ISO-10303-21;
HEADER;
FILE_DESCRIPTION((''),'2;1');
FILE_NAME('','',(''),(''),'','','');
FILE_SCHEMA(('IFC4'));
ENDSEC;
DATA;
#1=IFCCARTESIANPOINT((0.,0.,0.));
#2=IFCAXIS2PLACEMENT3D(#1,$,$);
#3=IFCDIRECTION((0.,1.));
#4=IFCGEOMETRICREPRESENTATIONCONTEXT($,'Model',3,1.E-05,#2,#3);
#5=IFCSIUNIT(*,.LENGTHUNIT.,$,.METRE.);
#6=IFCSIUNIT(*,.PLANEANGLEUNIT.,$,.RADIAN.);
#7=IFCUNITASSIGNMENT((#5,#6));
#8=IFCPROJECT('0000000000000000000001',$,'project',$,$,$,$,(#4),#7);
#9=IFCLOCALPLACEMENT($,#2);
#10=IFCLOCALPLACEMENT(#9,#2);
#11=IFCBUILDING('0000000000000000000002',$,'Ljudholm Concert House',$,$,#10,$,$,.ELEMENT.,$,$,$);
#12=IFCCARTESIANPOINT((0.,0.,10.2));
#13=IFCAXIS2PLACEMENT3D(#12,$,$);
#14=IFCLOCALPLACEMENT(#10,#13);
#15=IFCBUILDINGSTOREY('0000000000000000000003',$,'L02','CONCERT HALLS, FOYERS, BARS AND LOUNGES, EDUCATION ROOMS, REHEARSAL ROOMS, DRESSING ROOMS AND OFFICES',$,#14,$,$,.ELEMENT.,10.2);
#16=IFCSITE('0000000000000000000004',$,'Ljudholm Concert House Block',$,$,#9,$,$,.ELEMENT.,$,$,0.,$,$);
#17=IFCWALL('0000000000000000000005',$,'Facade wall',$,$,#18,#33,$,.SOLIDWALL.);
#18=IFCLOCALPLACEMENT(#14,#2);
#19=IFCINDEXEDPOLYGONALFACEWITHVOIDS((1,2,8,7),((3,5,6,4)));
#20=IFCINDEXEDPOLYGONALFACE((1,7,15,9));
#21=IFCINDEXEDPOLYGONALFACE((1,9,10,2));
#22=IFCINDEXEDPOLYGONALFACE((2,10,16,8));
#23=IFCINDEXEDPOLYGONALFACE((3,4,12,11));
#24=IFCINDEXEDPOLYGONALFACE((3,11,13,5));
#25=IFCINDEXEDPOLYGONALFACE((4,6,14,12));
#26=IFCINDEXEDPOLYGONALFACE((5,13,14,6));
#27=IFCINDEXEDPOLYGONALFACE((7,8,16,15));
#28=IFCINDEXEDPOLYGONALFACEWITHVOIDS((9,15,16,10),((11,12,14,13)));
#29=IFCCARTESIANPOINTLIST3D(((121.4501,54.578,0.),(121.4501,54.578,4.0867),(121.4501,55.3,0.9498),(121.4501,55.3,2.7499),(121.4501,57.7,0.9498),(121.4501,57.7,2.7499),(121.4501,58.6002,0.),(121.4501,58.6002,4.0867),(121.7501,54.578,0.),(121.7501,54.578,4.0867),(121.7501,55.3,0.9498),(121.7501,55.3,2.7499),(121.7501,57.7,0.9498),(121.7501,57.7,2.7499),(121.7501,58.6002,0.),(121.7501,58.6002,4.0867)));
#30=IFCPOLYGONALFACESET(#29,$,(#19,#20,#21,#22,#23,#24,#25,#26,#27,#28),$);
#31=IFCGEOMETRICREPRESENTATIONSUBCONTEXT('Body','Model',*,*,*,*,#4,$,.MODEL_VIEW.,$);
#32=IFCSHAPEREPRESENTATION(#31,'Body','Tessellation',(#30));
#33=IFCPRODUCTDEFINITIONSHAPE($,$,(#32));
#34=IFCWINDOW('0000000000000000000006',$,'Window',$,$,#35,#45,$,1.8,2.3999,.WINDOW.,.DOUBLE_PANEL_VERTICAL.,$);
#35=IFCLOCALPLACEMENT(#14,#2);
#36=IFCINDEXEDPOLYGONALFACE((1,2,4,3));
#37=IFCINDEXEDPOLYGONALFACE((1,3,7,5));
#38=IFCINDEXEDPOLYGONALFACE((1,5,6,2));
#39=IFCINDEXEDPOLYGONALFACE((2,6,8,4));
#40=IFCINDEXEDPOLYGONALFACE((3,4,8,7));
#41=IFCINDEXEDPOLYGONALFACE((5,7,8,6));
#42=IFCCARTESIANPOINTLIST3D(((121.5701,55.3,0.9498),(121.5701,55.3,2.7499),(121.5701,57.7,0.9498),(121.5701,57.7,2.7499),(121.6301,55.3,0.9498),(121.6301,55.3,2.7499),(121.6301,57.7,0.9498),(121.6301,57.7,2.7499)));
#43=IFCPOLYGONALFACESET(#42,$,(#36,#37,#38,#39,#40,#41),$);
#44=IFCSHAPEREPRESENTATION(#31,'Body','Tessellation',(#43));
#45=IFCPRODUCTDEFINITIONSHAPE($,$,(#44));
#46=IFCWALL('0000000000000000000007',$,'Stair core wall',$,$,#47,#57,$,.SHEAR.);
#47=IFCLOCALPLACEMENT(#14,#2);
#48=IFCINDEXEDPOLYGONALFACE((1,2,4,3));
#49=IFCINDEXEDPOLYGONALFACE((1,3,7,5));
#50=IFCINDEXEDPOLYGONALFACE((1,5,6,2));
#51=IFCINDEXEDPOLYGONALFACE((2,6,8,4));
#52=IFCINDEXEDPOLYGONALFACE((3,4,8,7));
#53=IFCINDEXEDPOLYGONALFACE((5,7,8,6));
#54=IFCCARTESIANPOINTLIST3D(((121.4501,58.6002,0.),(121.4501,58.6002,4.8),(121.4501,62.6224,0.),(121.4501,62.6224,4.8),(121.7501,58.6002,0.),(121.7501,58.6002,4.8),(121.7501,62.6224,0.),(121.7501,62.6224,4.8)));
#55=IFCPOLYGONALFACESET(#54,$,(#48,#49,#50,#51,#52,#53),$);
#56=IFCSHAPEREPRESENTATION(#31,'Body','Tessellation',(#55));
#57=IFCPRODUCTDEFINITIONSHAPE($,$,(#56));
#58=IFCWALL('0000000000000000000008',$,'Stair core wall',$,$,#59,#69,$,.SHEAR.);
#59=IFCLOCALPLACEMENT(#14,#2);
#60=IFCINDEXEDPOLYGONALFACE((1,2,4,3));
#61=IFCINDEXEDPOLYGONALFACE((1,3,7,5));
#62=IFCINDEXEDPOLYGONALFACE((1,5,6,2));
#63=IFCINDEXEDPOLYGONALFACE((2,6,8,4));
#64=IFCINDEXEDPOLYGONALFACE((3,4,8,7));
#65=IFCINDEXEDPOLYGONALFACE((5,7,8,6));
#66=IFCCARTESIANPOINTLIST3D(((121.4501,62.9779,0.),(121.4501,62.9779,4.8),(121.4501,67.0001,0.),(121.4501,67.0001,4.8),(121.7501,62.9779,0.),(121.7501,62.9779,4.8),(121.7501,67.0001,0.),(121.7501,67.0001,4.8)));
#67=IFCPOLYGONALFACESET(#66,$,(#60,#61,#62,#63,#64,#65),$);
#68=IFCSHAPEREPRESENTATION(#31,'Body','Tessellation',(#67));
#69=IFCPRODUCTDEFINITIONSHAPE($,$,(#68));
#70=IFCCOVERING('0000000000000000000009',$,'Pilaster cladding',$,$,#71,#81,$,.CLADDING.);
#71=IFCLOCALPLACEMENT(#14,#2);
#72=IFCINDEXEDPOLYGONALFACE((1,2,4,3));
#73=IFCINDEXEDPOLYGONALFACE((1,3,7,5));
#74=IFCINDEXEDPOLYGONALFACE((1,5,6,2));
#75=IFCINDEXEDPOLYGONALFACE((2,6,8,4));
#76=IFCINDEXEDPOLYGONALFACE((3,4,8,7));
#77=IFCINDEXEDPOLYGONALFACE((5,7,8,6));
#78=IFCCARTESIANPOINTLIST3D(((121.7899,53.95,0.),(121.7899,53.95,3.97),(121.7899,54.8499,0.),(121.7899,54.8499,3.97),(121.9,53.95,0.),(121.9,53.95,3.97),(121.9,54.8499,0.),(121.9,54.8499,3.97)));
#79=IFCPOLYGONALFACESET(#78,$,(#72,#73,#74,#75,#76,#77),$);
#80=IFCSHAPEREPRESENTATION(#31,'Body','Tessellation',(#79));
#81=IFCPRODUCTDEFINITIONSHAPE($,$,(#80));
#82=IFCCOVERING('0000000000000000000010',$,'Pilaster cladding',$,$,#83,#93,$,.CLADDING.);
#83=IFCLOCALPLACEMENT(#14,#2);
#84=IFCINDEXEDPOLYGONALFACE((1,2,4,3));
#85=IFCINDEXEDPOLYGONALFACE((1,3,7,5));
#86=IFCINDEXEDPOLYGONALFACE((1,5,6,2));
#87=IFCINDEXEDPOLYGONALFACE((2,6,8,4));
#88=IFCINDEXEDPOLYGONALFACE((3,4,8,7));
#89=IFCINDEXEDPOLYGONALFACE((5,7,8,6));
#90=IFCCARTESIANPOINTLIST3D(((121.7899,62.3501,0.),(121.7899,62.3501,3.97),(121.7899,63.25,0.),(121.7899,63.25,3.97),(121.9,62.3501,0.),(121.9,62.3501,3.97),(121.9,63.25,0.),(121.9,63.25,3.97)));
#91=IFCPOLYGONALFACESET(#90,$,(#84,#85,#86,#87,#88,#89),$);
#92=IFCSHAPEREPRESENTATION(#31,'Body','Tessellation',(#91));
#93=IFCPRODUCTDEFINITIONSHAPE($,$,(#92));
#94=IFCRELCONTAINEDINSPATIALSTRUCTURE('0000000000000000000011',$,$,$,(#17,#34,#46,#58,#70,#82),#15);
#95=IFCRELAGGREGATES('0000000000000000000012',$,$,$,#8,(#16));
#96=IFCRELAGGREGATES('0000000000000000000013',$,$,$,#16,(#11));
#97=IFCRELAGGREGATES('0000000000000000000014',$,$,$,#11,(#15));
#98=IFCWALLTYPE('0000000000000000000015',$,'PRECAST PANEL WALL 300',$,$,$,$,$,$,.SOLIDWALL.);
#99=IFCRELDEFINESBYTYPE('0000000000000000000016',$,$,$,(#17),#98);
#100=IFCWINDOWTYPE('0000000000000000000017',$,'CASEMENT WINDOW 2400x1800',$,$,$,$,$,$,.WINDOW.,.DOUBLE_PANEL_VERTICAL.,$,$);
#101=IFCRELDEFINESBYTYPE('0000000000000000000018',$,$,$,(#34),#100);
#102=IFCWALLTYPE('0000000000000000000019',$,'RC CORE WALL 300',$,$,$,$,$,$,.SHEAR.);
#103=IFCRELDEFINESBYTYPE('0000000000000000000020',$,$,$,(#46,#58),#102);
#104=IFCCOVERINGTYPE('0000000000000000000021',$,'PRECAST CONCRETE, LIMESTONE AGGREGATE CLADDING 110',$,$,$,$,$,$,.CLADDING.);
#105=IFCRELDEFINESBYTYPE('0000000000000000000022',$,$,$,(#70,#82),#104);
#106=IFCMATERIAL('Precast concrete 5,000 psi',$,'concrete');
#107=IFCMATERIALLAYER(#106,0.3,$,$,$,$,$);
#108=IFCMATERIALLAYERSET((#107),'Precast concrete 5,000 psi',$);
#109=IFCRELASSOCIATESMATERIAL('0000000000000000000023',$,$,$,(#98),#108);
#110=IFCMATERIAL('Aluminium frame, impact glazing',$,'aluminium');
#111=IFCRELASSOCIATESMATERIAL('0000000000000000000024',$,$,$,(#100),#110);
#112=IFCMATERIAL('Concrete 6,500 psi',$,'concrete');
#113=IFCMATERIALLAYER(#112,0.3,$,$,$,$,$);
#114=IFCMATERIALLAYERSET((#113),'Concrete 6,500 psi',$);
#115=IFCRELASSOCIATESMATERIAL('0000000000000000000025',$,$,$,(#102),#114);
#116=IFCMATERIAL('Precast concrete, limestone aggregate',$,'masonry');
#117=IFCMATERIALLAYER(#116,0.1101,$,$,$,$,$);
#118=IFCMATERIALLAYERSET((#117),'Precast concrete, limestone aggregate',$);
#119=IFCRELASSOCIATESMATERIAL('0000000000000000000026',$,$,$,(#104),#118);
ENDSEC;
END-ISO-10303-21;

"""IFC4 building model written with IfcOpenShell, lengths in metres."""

from ifc_helpers import new_model, si_unit, direction, frame, frame_2d, origin, origin_2d, place, context, subcontext, project, spatial, rectangle, extrude, material, layer, layer_set, type_object, element, fill, save


model = new_model("IFC4")

# Units and contexts
model_context = context("Model", 3, precision=1e-05, world=origin(), true_north=direction((0.0, 1.0)))
body_context = subcontext(model_context, "Body", "Model", "MODEL_VIEW")
ifc_project = project(units=[si_unit("LENGTHUNIT", "METRE"), si_unit("PLANEANGLEUNIT", "RADIAN")], contexts=[model_context])

# Site, building, storey
site_placement = place(None, origin())
site = spatial("IfcSite", under=ifc_project, at=site_placement, Name="Ljudholm Concert House Block", CompositionType="ELEMENT", RefElevation=0.0)
building_placement = place(site_placement, origin())
building = spatial("IfcBuilding", under=site, at=building_placement, Name="Ljudholm Concert House", CompositionType="ELEMENT")
storey_placement = place(building_placement, frame((0.0, 0.0, 10.2)))
storey = spatial("IfcBuildingStorey", under=building, at=storey_placement, Name="L02", Description="CONCERT HALLS, FOYERS, BARS AND LOUNGES, EDUCATION ROOMS, REHEARSAL ROOMS, DRESSING ROOMS AND OFFICES", CompositionType="ELEMENT", Elevation=10.2)

# Wall, opening, window
ifc_material_1 = material(Name="Precast concrete 5,000 psi", Category="concrete")
ifc_layer_1 = layer(ifc_material_1, 0.3)
ifc_layer_set_1 = layer_set([ifc_layer_1], Name="Precast concrete 5,000 psi")
wall_type_1 = type_object("IfcWallType", Name="PRECAST PANEL WALL 300", PredefinedType="SOLIDWALL", material=ifc_layer_set_1)
wall_placement = place(storey_placement, frame((121.6001, 54.5779, 0.0), z_axis=(0.0, 0.0, 1.0), x_axis=(0.0, 1.0, 0.0)))
wall = element("IfcWall", 1, at=wall_placement, inside=storey, type_object=wall_type_1, Name="Facade wall", PredefinedType="SOLIDWALL", context=body_context, shape_type="SweptSolid", body=[
    extrude(rectangle(XDim=4.0222, YDim=0.3, at=frame_2d((2.0112, 0.0))), origin(), (0.0, 0.0, 1.0), 4.0867),
])
opening_placement = place(wall_placement, frame((0.7222, 0.0, 0.95)))
opening = element("IfcOpeningElement", 2, at=opening_placement, cuts=wall, PredefinedType="OPENING", context=body_context, shape_type="SweptSolid", body=[
    extrude(rectangle(XDim=2.3999, YDim=1.8, at=frame_2d((1.2, 0.8999))), frame((0.0, 0.1599, 0.0), z_axis=(0.0, -1.0, 0.0), x_axis=(1.0, 0.0, 0.0)), (0.0, 0.0, 1.0), 0.3201),
])
ifc_material_2 = material(Name="Aluminium frame, impact glazing", Category="aluminium")
window_type = type_object("IfcWindowType", Name="CASEMENT WINDOW 2400x1800", PartitioningType="DOUBLE_PANEL_VERTICAL", PredefinedType="WINDOW", material=ifc_material_2)
window_placement = place(opening_placement, origin())
window = element("IfcWindow", 3, at=window_placement, inside=storey, type_object=window_type, Name="Window", OverallHeight=1.8, OverallWidth=2.3999, PartitioningType="DOUBLE_PANEL_VERTICAL", PredefinedType="WINDOW", context=body_context, shape_type="SweptSolid", body=[
    extrude(rectangle(XDim=2.3999, YDim=1.8, at=frame_2d((1.2, 0.8999))), frame((0.0, 0.03, 0.0), z_axis=(0.0, -1.0, 0.0), x_axis=(1.0, 0.0, 0.0)), (0.0, 0.0, 1.0), 0.0601),
])
fill(opening, window)

# Walls
ifc_material_3 = material(Name="Concrete 6,500 psi", Category="concrete")
ifc_layer_2 = layer(ifc_material_3, 0.3)
ifc_layer_set_2 = layer_set([ifc_layer_2], Name="Concrete 6,500 psi")
wall_type_2 = type_object("IfcWallType", Name="RC CORE WALL 300", PredefinedType="SHEAR", material=ifc_layer_set_2)
for number, where, z_axis, x_axis, name in (
    (4, (121.6001, 58.6001, 0.0), (0.0, 0.0, 1.0), (0.0, 1.0, 0.0), "Stair core wall"),
    (5, (121.6001, 62.9778, 0.0), (0.0, 0.0, 1.0), (0.0, 1.0, 0.0), "Stair core wall"),
):
    element("IfcWall", number, at=place(storey_placement, frame(where, z_axis=z_axis, x_axis=x_axis)), inside=storey, type_object=wall_type_2, Name=name, PredefinedType="SHEAR", context=body_context, shape_type="SweptSolid", body=[
        extrude(rectangle(XDim=4.0222, YDim=0.3, at=frame_2d((2.0112, 0.0))), origin(), (0.0, 0.0, 1.0), 4.8),
    ])

# Coverings
ifc_material_4 = material(Name="Precast concrete, limestone aggregate", Category="masonry")
ifc_layer_3 = layer(ifc_material_4, 0.1101)
ifc_layer_set_3 = layer_set([ifc_layer_3], Name="Precast concrete, limestone aggregate")
covering_type = type_object("IfcCoveringType", Name="PRECAST CONCRETE, LIMESTONE AGGREGATE CLADDING 110", PredefinedType="CLADDING", material=ifc_layer_set_3)
for number, where, z_axis, x_axis, name in (
    (6, (121.845, 54.3999, 0.0), (0.0, 0.0, 1.0), (1.0, 0.0, 0.0), "Pilaster cladding"),
    (7, (121.845, 62.8, 0.0), (0.0, 0.0, 1.0), (1.0, 0.0, 0.0), "Pilaster cladding"),
):
    element("IfcCovering", number, at=place(storey_placement, frame(where, z_axis=z_axis, x_axis=x_axis)), inside=storey, type_object=covering_type, Name=name, PredefinedType="CLADDING", context=body_context, shape_type="SweptSolid", body=[
        extrude(rectangle(XDim=0.1101, YDim=0.8999, at=origin_2d()), origin(), (0.0, 0.0, 1.0), 3.97),
    ])

save(model, "model.ifc")
